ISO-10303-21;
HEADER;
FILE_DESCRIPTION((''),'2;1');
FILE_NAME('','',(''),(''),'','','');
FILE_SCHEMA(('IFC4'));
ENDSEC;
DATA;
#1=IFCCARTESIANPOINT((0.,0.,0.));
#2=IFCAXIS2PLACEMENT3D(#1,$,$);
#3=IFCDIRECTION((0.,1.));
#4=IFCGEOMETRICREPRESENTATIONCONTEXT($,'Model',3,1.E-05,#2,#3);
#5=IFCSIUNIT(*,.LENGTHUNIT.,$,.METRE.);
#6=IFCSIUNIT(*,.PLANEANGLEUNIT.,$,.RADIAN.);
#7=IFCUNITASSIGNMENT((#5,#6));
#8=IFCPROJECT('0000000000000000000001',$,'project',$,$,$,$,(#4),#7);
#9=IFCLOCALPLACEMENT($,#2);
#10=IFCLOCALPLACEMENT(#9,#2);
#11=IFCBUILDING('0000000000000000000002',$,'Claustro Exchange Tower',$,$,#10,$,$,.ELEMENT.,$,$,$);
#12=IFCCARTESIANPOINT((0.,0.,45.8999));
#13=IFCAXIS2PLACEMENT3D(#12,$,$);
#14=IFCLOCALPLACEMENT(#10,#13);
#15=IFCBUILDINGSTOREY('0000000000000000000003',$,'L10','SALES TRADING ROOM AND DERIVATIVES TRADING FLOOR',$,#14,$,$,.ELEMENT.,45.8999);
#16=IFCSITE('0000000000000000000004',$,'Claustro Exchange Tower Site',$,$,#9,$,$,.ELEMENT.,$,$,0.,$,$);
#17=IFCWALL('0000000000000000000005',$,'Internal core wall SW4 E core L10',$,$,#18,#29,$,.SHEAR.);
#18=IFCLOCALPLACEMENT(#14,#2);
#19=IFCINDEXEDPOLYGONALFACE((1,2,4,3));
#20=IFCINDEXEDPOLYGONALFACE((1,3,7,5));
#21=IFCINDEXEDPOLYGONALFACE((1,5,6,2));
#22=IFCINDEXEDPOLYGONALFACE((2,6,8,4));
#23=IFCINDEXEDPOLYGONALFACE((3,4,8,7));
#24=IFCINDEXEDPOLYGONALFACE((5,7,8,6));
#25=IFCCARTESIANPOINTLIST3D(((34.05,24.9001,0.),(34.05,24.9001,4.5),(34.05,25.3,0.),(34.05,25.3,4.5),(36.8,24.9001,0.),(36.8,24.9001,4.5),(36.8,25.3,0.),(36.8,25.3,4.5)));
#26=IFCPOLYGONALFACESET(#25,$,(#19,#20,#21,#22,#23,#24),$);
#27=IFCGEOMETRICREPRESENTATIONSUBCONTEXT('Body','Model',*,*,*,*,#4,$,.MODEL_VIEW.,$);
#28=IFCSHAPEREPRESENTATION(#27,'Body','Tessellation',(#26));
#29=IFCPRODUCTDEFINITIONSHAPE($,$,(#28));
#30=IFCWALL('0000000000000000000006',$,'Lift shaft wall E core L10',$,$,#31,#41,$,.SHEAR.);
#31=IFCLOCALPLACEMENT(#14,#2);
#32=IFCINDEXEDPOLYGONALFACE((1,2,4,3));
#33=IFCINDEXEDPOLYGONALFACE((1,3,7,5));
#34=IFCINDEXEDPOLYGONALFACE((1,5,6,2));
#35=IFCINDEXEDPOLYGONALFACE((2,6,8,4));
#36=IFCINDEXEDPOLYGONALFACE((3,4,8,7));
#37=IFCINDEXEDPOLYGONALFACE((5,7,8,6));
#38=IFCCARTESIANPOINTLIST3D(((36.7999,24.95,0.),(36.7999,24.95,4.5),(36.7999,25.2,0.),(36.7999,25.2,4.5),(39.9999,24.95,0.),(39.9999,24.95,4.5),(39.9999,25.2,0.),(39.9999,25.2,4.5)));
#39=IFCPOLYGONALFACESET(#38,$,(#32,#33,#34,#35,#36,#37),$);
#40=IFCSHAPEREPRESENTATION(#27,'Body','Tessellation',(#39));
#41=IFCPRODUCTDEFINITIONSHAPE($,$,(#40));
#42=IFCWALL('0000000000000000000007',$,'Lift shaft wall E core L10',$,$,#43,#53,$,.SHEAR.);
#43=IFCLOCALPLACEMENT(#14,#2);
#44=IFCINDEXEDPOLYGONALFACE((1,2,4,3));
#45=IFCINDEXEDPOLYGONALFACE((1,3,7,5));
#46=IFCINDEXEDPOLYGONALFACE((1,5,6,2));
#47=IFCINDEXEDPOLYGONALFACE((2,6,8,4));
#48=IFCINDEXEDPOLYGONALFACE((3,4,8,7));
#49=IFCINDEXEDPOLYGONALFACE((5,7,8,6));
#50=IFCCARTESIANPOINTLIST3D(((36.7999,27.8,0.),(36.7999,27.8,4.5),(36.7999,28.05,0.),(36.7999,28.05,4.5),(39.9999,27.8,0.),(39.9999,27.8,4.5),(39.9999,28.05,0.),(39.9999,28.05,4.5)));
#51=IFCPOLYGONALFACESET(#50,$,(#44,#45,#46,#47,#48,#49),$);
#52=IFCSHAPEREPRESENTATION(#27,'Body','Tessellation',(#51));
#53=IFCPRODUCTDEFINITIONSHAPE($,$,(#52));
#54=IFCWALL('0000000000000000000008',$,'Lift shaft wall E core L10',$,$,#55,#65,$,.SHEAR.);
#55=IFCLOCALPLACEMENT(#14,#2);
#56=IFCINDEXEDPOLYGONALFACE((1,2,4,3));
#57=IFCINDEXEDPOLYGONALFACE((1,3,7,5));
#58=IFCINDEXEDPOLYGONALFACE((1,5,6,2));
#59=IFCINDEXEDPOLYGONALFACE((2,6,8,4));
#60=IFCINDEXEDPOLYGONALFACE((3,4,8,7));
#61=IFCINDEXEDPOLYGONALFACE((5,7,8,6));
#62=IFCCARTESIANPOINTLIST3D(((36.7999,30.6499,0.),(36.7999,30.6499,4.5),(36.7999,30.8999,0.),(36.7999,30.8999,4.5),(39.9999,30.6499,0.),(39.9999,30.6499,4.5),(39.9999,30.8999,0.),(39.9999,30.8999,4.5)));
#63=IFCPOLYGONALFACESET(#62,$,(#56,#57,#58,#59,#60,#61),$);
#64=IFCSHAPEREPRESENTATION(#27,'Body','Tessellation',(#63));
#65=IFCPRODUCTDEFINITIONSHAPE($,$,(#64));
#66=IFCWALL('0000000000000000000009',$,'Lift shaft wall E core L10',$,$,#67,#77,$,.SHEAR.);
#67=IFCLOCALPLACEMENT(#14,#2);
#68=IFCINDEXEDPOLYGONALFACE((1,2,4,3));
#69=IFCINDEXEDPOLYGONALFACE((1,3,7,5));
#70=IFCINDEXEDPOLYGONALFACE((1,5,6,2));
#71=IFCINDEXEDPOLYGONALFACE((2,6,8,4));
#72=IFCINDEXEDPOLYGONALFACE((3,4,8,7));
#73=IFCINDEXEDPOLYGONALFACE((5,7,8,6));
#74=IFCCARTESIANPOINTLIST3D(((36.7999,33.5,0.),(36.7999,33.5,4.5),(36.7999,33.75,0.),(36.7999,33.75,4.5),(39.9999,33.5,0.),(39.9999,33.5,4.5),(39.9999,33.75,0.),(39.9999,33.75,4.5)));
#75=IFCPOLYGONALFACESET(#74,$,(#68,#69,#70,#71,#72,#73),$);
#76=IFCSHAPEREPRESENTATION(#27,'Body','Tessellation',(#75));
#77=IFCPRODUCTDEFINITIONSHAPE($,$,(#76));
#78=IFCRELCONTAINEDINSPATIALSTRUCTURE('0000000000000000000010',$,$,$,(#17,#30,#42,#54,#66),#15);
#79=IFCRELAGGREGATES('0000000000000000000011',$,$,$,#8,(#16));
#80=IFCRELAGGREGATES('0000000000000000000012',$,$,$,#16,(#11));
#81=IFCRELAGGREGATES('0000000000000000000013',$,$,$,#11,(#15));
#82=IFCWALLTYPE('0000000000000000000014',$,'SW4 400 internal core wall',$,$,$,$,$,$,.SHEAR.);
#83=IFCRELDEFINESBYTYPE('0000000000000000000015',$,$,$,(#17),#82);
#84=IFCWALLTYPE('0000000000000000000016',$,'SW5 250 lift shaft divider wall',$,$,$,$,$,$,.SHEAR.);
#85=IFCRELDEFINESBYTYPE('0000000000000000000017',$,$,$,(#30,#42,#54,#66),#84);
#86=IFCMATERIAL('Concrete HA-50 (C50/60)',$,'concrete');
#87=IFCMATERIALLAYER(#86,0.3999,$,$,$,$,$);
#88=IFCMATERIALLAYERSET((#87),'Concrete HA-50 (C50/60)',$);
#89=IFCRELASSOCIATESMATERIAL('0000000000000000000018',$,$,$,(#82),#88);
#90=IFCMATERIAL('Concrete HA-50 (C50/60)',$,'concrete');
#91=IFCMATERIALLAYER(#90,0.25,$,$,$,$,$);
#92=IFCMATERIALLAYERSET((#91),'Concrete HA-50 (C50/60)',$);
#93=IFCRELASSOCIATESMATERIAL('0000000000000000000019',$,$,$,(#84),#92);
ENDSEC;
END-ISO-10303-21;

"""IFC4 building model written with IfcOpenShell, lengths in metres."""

from ifc_helpers import new_model, si_unit, direction, frame, frame_2d, origin, place, context, subcontext, project, spatial, rectangle, extrude, material, layer, layer_set, type_object, element, save


model = new_model("IFC4")

# Units and contexts
model_context = context("Model", 3, precision=1e-05, world=origin(), true_north=direction((0.0, 1.0)))
body_context = subcontext(model_context, "Body", "Model", "MODEL_VIEW")
ifc_project = project(units=[si_unit("LENGTHUNIT", "METRE"), si_unit("PLANEANGLEUNIT", "RADIAN")], contexts=[model_context])

# Site, building, storey
site_placement = place(None, origin())
site = spatial("IfcSite", under=ifc_project, at=site_placement, Name="Claustro Exchange Tower Site", CompositionType="ELEMENT", RefElevation=0.0)
building_placement = place(site_placement, origin())
building = spatial("IfcBuilding", under=site, at=building_placement, Name="Claustro Exchange Tower", CompositionType="ELEMENT")
storey_placement = place(building_placement, frame((0.0, 0.0, 45.8999)))
storey = spatial("IfcBuildingStorey", under=building, at=storey_placement, Name="L10", Description="SALES TRADING ROOM AND DERIVATIVES TRADING FLOOR", CompositionType="ELEMENT", Elevation=45.8999)

# Walls
ifc_material_1 = material(Name="Concrete HA-50 (C50/60)", Category="concrete")
ifc_layer_1 = layer(ifc_material_1, 0.3999)
ifc_layer_set_1 = layer_set([ifc_layer_1], Name="Concrete HA-50 (C50/60)")
wall_type_1 = type_object("IfcWallType", Name="SW4 400 internal core wall", PredefinedType="SHEAR", material=ifc_layer_set_1)
wall_1_placement = place(storey_placement, frame((36.8, 25.1001, 0.0), z_axis=(0.0, 0.0, 1.0), x_axis=(-1.0, 0.0, 0.0)))
element("IfcWall", 1, at=wall_1_placement, inside=storey, type_object=wall_type_1, Name="Internal core wall SW4 E core L10", PredefinedType="SHEAR", context=body_context, shape_type="SweptSolid", body=[
    extrude(rectangle(XDim=2.75, YDim=0.3999, at=frame_2d((1.375, 0.0))), origin(), (0.0, 0.0, 1.0), 4.5),
])
ifc_material_2 = material(Name="Concrete HA-50 (C50/60)", Category="concrete")
ifc_layer_2 = layer(ifc_material_2, 0.25)
ifc_layer_set_2 = layer_set([ifc_layer_2], Name="Concrete HA-50 (C50/60)")
wall_type_2 = type_object("IfcWallType", Name="SW5 250 lift shaft divider wall", PredefinedType="SHEAR", material=ifc_layer_set_2)
for number, where, z_axis, x_axis, name in (
    (2, (40.0, 25.075, 0.0), (0.0, 0.0, 1.0), (-1.0, 0.0, 0.0), "Lift shaft wall E core L10"),
    (3, (40.0, 27.925, 0.0), (0.0, 0.0, 1.0), (-1.0, 0.0, 0.0), "Lift shaft wall E core L10"),
    (4, (40.0, 30.7749, 0.0), (0.0, 0.0, 1.0), (-1.0, 0.0, 0.0), "Lift shaft wall E core L10"),
    (5, (40.0, 33.625, 0.0), (0.0, 0.0, 1.0), (-1.0, 0.0, 0.0), "Lift shaft wall E core L10"),
):
    element("IfcWall", number, at=place(storey_placement, frame(where, z_axis=z_axis, x_axis=x_axis)), inside=storey, type_object=wall_type_2, Name=name, PredefinedType="SHEAR", context=body_context, shape_type="SweptSolid", body=[
        extrude(rectangle(XDim=3.2, YDim=0.25, at=frame_2d((1.6001, 0.0))), origin(), (0.0, 0.0, 1.0), 4.5),
    ])

save(model, "model.ifc")
